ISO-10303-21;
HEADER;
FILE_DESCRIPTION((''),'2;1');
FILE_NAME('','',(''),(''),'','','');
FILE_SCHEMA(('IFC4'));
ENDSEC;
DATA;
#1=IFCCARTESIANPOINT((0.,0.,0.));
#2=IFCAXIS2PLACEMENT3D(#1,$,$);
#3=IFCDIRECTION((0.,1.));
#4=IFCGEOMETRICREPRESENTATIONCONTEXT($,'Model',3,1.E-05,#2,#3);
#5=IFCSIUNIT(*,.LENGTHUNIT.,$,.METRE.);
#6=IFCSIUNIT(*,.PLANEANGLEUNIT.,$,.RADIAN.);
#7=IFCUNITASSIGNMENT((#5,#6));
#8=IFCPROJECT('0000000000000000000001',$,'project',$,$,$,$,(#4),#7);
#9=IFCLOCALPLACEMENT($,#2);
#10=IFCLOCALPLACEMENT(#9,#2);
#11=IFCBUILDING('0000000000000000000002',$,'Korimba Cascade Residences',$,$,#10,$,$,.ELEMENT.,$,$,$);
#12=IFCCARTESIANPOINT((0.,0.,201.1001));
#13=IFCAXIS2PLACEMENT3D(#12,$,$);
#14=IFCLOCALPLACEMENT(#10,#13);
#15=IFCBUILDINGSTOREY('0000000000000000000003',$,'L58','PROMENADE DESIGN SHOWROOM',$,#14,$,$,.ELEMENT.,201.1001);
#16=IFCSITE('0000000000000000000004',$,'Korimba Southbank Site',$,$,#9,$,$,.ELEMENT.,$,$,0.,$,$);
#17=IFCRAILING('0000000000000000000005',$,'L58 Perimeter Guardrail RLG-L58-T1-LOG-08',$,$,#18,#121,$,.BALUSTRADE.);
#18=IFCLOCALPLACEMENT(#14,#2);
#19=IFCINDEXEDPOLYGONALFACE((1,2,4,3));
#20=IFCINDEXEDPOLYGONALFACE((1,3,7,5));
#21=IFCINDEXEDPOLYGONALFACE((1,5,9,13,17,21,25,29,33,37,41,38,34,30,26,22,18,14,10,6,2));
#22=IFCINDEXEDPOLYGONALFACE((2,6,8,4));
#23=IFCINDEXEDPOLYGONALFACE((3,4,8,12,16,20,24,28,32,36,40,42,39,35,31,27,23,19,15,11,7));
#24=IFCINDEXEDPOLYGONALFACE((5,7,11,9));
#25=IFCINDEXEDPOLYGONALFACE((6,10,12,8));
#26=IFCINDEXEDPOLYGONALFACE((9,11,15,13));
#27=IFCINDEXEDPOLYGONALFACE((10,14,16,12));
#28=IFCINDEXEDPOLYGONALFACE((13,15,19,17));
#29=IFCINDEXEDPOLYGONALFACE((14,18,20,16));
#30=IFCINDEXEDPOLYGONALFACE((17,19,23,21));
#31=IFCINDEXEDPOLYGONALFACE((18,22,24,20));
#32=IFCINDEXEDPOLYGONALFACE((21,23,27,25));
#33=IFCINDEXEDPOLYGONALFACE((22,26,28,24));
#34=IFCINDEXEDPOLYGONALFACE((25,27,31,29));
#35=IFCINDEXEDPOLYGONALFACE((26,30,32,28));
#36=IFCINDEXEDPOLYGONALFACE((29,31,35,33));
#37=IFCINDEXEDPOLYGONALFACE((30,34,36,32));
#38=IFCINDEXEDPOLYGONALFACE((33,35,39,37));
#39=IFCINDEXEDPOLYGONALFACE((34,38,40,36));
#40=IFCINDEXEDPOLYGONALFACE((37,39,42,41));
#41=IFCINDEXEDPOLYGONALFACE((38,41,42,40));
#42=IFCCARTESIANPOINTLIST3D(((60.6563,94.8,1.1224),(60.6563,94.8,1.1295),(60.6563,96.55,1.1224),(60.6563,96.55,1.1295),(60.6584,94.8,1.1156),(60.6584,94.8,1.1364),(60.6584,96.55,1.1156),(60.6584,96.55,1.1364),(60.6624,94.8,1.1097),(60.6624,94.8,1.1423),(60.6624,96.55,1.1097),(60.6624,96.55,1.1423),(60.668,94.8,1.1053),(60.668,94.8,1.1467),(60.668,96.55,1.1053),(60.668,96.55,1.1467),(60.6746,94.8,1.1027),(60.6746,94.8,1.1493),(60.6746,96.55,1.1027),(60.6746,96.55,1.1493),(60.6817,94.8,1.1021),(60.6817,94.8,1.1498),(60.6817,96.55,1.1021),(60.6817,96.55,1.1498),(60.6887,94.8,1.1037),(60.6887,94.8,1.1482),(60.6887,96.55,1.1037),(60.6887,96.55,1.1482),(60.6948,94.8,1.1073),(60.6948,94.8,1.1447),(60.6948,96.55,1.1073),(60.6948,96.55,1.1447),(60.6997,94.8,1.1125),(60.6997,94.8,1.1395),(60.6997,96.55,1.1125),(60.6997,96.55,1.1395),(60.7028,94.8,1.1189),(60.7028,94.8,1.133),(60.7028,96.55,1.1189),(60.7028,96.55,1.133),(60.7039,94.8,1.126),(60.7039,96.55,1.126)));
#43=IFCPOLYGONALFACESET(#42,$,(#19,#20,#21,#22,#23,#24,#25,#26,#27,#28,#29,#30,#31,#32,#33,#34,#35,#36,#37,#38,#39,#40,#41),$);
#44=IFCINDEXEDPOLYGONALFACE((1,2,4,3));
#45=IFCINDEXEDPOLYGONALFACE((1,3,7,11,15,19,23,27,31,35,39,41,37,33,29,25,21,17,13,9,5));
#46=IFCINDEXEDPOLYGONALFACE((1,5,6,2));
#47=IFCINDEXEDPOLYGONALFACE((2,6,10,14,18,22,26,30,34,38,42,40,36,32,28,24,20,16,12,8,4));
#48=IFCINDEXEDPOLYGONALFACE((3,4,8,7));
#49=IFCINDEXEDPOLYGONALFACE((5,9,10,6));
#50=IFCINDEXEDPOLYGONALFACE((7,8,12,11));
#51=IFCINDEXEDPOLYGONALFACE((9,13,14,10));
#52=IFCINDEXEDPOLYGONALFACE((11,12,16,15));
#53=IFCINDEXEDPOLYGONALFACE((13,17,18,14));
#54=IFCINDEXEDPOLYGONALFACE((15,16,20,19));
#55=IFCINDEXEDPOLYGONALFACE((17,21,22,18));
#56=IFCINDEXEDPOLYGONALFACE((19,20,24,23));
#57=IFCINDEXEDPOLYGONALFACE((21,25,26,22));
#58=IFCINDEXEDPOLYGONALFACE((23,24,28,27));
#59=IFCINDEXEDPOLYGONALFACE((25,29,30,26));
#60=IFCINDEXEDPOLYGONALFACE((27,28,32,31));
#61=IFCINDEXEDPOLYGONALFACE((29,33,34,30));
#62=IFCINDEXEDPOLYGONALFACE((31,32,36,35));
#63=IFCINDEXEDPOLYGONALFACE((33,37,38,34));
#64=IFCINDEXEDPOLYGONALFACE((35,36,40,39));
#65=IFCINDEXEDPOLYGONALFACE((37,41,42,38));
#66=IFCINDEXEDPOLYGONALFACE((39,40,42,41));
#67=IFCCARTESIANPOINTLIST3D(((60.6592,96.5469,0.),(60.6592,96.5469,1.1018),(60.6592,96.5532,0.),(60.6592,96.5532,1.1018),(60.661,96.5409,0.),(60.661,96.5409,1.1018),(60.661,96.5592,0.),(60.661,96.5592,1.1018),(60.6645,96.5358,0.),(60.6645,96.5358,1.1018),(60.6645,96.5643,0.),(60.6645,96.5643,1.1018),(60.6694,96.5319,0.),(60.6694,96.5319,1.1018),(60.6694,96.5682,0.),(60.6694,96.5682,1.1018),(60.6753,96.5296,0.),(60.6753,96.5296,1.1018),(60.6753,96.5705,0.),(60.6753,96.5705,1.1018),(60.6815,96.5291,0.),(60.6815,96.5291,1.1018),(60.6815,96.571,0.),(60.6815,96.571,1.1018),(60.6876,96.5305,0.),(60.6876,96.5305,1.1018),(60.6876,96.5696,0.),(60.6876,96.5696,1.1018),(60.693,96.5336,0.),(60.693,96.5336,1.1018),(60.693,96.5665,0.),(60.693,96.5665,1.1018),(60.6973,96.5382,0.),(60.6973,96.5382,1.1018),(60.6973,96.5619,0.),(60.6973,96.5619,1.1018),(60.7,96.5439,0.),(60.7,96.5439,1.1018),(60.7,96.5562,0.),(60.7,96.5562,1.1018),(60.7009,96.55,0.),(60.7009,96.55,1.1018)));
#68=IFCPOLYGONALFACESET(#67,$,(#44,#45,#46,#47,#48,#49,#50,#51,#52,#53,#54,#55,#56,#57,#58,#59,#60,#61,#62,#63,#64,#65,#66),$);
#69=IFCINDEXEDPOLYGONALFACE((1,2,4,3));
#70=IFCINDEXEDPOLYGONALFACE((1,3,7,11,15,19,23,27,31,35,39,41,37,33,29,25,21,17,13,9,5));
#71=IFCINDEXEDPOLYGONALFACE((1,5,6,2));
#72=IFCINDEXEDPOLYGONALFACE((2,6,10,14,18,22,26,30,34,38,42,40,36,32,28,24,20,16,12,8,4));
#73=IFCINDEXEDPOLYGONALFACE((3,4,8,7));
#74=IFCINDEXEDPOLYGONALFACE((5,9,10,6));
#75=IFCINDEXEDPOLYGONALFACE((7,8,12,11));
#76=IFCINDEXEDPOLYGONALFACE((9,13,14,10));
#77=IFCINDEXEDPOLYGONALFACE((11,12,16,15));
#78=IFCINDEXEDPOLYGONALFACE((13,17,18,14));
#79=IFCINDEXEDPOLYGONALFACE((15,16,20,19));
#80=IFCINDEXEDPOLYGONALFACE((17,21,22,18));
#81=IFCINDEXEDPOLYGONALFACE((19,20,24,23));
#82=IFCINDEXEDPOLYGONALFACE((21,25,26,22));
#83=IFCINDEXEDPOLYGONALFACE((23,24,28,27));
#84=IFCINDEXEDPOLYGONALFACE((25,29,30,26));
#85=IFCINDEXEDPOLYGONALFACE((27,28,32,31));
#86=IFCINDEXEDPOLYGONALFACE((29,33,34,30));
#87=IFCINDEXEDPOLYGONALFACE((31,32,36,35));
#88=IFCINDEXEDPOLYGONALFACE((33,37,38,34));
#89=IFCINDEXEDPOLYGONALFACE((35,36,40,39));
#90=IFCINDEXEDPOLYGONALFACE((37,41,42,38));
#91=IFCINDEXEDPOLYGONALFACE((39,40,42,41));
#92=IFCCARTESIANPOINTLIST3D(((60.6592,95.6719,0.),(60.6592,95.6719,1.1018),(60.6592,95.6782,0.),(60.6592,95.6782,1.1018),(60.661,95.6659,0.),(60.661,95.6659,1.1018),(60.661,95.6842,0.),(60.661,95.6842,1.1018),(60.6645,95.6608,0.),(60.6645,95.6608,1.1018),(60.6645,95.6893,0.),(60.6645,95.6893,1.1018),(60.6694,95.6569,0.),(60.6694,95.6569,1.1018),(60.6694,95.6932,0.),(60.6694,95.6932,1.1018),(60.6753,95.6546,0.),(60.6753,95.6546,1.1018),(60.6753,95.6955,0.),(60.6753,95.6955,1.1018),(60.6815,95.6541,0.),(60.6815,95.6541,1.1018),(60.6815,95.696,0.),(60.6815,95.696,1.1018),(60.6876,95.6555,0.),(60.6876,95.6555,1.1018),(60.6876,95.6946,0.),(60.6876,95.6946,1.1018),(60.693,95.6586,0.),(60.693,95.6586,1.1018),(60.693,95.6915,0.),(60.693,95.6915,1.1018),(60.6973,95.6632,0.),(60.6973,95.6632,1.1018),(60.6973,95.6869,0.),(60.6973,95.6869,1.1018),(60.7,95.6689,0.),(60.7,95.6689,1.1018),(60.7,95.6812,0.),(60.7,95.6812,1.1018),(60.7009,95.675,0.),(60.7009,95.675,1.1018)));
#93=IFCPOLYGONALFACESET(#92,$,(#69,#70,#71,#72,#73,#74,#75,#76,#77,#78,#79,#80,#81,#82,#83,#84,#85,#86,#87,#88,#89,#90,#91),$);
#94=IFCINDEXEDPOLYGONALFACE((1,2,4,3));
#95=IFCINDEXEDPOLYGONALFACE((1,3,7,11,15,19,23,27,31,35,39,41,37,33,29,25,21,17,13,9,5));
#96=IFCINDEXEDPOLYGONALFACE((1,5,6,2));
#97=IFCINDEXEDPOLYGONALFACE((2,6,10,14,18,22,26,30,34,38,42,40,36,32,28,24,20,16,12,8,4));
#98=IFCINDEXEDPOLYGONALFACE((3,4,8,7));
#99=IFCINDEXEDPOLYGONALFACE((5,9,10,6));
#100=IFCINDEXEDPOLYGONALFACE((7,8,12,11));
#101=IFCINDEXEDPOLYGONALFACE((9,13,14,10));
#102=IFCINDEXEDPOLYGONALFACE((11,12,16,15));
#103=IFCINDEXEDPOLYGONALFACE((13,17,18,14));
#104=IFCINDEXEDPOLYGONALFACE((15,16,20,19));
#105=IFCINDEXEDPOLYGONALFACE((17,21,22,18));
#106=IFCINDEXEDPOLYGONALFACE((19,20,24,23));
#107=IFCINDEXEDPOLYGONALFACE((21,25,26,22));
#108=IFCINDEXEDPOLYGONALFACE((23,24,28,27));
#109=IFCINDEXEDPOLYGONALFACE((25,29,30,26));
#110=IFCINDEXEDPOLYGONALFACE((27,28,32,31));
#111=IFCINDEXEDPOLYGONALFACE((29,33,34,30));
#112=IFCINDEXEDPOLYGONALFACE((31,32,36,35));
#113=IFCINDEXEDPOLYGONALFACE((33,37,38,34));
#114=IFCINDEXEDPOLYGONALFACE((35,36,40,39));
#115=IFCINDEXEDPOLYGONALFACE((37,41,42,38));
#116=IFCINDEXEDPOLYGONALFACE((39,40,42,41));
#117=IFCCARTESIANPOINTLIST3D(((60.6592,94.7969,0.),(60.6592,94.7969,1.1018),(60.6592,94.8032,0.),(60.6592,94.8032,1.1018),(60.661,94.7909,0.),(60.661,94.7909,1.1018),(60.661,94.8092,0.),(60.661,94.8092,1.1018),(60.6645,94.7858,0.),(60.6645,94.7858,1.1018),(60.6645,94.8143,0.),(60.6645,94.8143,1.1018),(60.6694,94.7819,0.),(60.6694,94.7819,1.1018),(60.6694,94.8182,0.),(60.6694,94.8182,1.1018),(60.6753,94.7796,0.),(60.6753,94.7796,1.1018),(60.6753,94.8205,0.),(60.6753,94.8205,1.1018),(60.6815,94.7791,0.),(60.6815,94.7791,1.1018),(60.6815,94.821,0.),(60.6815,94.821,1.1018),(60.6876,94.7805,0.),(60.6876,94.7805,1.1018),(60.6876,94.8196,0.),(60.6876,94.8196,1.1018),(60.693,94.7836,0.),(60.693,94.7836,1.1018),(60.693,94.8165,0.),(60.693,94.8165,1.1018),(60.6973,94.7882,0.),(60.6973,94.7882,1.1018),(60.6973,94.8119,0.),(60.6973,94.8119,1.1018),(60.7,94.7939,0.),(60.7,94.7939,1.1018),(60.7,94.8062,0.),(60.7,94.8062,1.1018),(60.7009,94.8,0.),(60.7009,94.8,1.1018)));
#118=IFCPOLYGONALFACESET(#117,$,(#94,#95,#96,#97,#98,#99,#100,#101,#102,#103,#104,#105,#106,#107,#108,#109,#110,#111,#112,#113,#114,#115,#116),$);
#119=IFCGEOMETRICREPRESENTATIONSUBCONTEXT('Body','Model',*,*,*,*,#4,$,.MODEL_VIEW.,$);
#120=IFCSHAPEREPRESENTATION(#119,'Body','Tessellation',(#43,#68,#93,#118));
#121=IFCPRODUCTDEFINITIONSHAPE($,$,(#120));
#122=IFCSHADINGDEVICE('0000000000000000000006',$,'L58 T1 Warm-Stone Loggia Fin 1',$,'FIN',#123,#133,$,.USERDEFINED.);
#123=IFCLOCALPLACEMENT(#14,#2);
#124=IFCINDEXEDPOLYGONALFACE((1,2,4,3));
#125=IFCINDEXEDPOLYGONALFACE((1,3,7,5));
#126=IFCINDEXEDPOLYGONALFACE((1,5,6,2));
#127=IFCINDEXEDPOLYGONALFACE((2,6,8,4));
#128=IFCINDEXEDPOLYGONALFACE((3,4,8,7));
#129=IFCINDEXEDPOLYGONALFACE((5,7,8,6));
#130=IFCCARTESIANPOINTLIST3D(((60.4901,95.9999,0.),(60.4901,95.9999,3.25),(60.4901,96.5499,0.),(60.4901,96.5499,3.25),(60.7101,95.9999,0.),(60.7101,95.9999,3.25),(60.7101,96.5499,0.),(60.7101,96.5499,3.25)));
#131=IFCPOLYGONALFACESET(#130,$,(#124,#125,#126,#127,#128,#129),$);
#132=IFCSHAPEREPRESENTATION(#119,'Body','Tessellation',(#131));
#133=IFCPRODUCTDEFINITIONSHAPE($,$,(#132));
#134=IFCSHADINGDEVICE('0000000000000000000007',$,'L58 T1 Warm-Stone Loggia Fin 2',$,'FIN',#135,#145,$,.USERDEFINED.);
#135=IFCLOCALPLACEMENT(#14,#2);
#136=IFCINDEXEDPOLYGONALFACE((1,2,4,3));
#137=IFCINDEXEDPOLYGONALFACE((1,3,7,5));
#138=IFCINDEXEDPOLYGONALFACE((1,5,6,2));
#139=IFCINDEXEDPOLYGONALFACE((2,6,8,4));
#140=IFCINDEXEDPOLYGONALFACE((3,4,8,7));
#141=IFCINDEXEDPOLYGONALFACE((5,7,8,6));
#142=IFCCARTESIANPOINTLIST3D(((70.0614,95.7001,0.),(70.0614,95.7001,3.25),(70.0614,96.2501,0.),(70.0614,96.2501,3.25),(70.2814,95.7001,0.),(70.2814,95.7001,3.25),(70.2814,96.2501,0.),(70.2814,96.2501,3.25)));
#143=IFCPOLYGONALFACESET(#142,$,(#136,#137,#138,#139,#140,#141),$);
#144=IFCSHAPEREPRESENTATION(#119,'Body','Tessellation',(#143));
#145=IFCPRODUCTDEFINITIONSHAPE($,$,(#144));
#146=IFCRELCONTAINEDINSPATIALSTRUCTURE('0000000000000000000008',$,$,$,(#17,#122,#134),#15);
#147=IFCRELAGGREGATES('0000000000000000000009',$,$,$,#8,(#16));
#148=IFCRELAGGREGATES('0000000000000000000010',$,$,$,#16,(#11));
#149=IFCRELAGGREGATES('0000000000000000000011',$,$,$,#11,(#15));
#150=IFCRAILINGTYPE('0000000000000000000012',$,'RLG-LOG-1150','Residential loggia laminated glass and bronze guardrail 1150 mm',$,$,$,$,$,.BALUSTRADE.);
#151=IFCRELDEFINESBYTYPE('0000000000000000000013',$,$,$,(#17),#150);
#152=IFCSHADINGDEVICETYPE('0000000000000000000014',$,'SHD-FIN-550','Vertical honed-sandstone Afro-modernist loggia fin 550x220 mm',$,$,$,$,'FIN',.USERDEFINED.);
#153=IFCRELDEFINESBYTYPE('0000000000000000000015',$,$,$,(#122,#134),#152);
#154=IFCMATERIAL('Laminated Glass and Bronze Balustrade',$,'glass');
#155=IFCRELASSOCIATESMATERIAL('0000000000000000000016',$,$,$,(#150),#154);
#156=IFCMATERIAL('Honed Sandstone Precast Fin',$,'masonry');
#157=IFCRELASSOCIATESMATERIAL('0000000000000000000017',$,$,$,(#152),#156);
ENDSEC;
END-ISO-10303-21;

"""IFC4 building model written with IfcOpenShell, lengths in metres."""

from ifc_helpers import new_model, si_unit, direction, frame, origin, origin_2d, place, context, subcontext, project, spatial, rectangle, circle, extrude, material, type_object, element, save


model = new_model("IFC4")

# Units and contexts
model_context = context("Model", 3, precision=1e-05, world=origin(), true_north=direction((0.0, 1.0)))
body_context = subcontext(model_context, "Body", "Model", "MODEL_VIEW")
ifc_project = project(units=[si_unit("LENGTHUNIT", "METRE"), si_unit("PLANEANGLEUNIT", "RADIAN")], contexts=[model_context])

# Site, building, storey
site_placement = place(None, origin())
site = spatial("IfcSite", under=ifc_project, at=site_placement, Name="Korimba Southbank Site", CompositionType="ELEMENT", RefElevation=0.0)
building_placement = place(site_placement, origin())
building = spatial("IfcBuilding", under=site, at=building_placement, Name="Korimba Cascade Residences", CompositionType="ELEMENT")
storey_placement = place(building_placement, frame((0.0, 0.0, 201.1001)))
storey = spatial("IfcBuildingStorey", under=building, at=storey_placement, Name="L58", Description="PROMENADE DESIGN SHOWROOM", CompositionType="ELEMENT", Elevation=201.1001)

# Railing
ifc_material_1 = material(Name="Laminated Glass and Bronze Balustrade", Category="glass")
railing_type = type_object("IfcRailingType", Name="RLG-LOG-1150", Description="Residential loggia laminated glass and bronze guardrail 1150 mm", PredefinedType="BALUSTRADE", material=ifc_material_1)
railing_1_placement = place(storey_placement, frame((60.6799, 96.55, 0.0)))
element("IfcRailing", 1, at=railing_1_placement, inside=storey, type_object=railing_type, Name="L58 Perimeter Guardrail RLG-L58-T1-LOG-08", PredefinedType="BALUSTRADE", context=body_context, shape_type="SweptSolid", body=[
    extrude(circle(Radius=0.0239, at=origin_2d()), frame((0.0, 0.0, 1.126), z_axis=(0.0, -1.0, 0.0), x_axis=(1.0, 0.0, 0.0)), (0.0, 0.0, 1.0), 1.75),
    extrude(circle(Radius=0.021, at=origin_2d()), origin(), (0.0, 0.0, 1.0), 1.1018),
    extrude(circle(Radius=0.021, at=origin_2d()), frame((0.0, -0.875, 0.0)), (0.0, 0.0, 1.0), 1.1018),
    extrude(circle(Radius=0.021, at=origin_2d()), frame((0.0, -1.75, 0.0)), (0.0, 0.0, 1.0), 1.1018),
])

# Shading devices
ifc_material_2 = material(Name="Honed Sandstone Precast Fin", Category="masonry")
shading_device_type = type_object("IfcShadingDeviceType", Name="SHD-FIN-550", Description="Vertical honed-sandstone Afro-modernist loggia fin 550x220 mm", ElementType="FIN", PredefinedType="USERDEFINED", material=ifc_material_2)
for number, where, z_axis, x_axis, name in (
    (2, (60.6001, 96.2749, 0.0), (0.0, 0.0, 1.0), (1.0, 0.0, 0.0), "L58 T1 Warm-Stone Loggia Fin 1"),
    (3, (70.1714, 95.9751, 0.0), (0.0, 0.0, 1.0), (1.0, 0.0, 0.0), "L58 T1 Warm-Stone Loggia Fin 2"),
):
    element("IfcShadingDevice", number, at=place(storey_placement, frame(where, z_axis=z_axis, x_axis=x_axis)), inside=storey, type_object=shading_device_type, Name=name, ObjectType="FIN", PredefinedType="USERDEFINED", context=body_context, shape_type="SweptSolid", body=[
        extrude(rectangle(XDim=0.22, YDim=0.55, at=origin_2d()), origin(), (0.0, 0.0, 1.0), 3.25),
    ])

save(model, "model.ifc")
